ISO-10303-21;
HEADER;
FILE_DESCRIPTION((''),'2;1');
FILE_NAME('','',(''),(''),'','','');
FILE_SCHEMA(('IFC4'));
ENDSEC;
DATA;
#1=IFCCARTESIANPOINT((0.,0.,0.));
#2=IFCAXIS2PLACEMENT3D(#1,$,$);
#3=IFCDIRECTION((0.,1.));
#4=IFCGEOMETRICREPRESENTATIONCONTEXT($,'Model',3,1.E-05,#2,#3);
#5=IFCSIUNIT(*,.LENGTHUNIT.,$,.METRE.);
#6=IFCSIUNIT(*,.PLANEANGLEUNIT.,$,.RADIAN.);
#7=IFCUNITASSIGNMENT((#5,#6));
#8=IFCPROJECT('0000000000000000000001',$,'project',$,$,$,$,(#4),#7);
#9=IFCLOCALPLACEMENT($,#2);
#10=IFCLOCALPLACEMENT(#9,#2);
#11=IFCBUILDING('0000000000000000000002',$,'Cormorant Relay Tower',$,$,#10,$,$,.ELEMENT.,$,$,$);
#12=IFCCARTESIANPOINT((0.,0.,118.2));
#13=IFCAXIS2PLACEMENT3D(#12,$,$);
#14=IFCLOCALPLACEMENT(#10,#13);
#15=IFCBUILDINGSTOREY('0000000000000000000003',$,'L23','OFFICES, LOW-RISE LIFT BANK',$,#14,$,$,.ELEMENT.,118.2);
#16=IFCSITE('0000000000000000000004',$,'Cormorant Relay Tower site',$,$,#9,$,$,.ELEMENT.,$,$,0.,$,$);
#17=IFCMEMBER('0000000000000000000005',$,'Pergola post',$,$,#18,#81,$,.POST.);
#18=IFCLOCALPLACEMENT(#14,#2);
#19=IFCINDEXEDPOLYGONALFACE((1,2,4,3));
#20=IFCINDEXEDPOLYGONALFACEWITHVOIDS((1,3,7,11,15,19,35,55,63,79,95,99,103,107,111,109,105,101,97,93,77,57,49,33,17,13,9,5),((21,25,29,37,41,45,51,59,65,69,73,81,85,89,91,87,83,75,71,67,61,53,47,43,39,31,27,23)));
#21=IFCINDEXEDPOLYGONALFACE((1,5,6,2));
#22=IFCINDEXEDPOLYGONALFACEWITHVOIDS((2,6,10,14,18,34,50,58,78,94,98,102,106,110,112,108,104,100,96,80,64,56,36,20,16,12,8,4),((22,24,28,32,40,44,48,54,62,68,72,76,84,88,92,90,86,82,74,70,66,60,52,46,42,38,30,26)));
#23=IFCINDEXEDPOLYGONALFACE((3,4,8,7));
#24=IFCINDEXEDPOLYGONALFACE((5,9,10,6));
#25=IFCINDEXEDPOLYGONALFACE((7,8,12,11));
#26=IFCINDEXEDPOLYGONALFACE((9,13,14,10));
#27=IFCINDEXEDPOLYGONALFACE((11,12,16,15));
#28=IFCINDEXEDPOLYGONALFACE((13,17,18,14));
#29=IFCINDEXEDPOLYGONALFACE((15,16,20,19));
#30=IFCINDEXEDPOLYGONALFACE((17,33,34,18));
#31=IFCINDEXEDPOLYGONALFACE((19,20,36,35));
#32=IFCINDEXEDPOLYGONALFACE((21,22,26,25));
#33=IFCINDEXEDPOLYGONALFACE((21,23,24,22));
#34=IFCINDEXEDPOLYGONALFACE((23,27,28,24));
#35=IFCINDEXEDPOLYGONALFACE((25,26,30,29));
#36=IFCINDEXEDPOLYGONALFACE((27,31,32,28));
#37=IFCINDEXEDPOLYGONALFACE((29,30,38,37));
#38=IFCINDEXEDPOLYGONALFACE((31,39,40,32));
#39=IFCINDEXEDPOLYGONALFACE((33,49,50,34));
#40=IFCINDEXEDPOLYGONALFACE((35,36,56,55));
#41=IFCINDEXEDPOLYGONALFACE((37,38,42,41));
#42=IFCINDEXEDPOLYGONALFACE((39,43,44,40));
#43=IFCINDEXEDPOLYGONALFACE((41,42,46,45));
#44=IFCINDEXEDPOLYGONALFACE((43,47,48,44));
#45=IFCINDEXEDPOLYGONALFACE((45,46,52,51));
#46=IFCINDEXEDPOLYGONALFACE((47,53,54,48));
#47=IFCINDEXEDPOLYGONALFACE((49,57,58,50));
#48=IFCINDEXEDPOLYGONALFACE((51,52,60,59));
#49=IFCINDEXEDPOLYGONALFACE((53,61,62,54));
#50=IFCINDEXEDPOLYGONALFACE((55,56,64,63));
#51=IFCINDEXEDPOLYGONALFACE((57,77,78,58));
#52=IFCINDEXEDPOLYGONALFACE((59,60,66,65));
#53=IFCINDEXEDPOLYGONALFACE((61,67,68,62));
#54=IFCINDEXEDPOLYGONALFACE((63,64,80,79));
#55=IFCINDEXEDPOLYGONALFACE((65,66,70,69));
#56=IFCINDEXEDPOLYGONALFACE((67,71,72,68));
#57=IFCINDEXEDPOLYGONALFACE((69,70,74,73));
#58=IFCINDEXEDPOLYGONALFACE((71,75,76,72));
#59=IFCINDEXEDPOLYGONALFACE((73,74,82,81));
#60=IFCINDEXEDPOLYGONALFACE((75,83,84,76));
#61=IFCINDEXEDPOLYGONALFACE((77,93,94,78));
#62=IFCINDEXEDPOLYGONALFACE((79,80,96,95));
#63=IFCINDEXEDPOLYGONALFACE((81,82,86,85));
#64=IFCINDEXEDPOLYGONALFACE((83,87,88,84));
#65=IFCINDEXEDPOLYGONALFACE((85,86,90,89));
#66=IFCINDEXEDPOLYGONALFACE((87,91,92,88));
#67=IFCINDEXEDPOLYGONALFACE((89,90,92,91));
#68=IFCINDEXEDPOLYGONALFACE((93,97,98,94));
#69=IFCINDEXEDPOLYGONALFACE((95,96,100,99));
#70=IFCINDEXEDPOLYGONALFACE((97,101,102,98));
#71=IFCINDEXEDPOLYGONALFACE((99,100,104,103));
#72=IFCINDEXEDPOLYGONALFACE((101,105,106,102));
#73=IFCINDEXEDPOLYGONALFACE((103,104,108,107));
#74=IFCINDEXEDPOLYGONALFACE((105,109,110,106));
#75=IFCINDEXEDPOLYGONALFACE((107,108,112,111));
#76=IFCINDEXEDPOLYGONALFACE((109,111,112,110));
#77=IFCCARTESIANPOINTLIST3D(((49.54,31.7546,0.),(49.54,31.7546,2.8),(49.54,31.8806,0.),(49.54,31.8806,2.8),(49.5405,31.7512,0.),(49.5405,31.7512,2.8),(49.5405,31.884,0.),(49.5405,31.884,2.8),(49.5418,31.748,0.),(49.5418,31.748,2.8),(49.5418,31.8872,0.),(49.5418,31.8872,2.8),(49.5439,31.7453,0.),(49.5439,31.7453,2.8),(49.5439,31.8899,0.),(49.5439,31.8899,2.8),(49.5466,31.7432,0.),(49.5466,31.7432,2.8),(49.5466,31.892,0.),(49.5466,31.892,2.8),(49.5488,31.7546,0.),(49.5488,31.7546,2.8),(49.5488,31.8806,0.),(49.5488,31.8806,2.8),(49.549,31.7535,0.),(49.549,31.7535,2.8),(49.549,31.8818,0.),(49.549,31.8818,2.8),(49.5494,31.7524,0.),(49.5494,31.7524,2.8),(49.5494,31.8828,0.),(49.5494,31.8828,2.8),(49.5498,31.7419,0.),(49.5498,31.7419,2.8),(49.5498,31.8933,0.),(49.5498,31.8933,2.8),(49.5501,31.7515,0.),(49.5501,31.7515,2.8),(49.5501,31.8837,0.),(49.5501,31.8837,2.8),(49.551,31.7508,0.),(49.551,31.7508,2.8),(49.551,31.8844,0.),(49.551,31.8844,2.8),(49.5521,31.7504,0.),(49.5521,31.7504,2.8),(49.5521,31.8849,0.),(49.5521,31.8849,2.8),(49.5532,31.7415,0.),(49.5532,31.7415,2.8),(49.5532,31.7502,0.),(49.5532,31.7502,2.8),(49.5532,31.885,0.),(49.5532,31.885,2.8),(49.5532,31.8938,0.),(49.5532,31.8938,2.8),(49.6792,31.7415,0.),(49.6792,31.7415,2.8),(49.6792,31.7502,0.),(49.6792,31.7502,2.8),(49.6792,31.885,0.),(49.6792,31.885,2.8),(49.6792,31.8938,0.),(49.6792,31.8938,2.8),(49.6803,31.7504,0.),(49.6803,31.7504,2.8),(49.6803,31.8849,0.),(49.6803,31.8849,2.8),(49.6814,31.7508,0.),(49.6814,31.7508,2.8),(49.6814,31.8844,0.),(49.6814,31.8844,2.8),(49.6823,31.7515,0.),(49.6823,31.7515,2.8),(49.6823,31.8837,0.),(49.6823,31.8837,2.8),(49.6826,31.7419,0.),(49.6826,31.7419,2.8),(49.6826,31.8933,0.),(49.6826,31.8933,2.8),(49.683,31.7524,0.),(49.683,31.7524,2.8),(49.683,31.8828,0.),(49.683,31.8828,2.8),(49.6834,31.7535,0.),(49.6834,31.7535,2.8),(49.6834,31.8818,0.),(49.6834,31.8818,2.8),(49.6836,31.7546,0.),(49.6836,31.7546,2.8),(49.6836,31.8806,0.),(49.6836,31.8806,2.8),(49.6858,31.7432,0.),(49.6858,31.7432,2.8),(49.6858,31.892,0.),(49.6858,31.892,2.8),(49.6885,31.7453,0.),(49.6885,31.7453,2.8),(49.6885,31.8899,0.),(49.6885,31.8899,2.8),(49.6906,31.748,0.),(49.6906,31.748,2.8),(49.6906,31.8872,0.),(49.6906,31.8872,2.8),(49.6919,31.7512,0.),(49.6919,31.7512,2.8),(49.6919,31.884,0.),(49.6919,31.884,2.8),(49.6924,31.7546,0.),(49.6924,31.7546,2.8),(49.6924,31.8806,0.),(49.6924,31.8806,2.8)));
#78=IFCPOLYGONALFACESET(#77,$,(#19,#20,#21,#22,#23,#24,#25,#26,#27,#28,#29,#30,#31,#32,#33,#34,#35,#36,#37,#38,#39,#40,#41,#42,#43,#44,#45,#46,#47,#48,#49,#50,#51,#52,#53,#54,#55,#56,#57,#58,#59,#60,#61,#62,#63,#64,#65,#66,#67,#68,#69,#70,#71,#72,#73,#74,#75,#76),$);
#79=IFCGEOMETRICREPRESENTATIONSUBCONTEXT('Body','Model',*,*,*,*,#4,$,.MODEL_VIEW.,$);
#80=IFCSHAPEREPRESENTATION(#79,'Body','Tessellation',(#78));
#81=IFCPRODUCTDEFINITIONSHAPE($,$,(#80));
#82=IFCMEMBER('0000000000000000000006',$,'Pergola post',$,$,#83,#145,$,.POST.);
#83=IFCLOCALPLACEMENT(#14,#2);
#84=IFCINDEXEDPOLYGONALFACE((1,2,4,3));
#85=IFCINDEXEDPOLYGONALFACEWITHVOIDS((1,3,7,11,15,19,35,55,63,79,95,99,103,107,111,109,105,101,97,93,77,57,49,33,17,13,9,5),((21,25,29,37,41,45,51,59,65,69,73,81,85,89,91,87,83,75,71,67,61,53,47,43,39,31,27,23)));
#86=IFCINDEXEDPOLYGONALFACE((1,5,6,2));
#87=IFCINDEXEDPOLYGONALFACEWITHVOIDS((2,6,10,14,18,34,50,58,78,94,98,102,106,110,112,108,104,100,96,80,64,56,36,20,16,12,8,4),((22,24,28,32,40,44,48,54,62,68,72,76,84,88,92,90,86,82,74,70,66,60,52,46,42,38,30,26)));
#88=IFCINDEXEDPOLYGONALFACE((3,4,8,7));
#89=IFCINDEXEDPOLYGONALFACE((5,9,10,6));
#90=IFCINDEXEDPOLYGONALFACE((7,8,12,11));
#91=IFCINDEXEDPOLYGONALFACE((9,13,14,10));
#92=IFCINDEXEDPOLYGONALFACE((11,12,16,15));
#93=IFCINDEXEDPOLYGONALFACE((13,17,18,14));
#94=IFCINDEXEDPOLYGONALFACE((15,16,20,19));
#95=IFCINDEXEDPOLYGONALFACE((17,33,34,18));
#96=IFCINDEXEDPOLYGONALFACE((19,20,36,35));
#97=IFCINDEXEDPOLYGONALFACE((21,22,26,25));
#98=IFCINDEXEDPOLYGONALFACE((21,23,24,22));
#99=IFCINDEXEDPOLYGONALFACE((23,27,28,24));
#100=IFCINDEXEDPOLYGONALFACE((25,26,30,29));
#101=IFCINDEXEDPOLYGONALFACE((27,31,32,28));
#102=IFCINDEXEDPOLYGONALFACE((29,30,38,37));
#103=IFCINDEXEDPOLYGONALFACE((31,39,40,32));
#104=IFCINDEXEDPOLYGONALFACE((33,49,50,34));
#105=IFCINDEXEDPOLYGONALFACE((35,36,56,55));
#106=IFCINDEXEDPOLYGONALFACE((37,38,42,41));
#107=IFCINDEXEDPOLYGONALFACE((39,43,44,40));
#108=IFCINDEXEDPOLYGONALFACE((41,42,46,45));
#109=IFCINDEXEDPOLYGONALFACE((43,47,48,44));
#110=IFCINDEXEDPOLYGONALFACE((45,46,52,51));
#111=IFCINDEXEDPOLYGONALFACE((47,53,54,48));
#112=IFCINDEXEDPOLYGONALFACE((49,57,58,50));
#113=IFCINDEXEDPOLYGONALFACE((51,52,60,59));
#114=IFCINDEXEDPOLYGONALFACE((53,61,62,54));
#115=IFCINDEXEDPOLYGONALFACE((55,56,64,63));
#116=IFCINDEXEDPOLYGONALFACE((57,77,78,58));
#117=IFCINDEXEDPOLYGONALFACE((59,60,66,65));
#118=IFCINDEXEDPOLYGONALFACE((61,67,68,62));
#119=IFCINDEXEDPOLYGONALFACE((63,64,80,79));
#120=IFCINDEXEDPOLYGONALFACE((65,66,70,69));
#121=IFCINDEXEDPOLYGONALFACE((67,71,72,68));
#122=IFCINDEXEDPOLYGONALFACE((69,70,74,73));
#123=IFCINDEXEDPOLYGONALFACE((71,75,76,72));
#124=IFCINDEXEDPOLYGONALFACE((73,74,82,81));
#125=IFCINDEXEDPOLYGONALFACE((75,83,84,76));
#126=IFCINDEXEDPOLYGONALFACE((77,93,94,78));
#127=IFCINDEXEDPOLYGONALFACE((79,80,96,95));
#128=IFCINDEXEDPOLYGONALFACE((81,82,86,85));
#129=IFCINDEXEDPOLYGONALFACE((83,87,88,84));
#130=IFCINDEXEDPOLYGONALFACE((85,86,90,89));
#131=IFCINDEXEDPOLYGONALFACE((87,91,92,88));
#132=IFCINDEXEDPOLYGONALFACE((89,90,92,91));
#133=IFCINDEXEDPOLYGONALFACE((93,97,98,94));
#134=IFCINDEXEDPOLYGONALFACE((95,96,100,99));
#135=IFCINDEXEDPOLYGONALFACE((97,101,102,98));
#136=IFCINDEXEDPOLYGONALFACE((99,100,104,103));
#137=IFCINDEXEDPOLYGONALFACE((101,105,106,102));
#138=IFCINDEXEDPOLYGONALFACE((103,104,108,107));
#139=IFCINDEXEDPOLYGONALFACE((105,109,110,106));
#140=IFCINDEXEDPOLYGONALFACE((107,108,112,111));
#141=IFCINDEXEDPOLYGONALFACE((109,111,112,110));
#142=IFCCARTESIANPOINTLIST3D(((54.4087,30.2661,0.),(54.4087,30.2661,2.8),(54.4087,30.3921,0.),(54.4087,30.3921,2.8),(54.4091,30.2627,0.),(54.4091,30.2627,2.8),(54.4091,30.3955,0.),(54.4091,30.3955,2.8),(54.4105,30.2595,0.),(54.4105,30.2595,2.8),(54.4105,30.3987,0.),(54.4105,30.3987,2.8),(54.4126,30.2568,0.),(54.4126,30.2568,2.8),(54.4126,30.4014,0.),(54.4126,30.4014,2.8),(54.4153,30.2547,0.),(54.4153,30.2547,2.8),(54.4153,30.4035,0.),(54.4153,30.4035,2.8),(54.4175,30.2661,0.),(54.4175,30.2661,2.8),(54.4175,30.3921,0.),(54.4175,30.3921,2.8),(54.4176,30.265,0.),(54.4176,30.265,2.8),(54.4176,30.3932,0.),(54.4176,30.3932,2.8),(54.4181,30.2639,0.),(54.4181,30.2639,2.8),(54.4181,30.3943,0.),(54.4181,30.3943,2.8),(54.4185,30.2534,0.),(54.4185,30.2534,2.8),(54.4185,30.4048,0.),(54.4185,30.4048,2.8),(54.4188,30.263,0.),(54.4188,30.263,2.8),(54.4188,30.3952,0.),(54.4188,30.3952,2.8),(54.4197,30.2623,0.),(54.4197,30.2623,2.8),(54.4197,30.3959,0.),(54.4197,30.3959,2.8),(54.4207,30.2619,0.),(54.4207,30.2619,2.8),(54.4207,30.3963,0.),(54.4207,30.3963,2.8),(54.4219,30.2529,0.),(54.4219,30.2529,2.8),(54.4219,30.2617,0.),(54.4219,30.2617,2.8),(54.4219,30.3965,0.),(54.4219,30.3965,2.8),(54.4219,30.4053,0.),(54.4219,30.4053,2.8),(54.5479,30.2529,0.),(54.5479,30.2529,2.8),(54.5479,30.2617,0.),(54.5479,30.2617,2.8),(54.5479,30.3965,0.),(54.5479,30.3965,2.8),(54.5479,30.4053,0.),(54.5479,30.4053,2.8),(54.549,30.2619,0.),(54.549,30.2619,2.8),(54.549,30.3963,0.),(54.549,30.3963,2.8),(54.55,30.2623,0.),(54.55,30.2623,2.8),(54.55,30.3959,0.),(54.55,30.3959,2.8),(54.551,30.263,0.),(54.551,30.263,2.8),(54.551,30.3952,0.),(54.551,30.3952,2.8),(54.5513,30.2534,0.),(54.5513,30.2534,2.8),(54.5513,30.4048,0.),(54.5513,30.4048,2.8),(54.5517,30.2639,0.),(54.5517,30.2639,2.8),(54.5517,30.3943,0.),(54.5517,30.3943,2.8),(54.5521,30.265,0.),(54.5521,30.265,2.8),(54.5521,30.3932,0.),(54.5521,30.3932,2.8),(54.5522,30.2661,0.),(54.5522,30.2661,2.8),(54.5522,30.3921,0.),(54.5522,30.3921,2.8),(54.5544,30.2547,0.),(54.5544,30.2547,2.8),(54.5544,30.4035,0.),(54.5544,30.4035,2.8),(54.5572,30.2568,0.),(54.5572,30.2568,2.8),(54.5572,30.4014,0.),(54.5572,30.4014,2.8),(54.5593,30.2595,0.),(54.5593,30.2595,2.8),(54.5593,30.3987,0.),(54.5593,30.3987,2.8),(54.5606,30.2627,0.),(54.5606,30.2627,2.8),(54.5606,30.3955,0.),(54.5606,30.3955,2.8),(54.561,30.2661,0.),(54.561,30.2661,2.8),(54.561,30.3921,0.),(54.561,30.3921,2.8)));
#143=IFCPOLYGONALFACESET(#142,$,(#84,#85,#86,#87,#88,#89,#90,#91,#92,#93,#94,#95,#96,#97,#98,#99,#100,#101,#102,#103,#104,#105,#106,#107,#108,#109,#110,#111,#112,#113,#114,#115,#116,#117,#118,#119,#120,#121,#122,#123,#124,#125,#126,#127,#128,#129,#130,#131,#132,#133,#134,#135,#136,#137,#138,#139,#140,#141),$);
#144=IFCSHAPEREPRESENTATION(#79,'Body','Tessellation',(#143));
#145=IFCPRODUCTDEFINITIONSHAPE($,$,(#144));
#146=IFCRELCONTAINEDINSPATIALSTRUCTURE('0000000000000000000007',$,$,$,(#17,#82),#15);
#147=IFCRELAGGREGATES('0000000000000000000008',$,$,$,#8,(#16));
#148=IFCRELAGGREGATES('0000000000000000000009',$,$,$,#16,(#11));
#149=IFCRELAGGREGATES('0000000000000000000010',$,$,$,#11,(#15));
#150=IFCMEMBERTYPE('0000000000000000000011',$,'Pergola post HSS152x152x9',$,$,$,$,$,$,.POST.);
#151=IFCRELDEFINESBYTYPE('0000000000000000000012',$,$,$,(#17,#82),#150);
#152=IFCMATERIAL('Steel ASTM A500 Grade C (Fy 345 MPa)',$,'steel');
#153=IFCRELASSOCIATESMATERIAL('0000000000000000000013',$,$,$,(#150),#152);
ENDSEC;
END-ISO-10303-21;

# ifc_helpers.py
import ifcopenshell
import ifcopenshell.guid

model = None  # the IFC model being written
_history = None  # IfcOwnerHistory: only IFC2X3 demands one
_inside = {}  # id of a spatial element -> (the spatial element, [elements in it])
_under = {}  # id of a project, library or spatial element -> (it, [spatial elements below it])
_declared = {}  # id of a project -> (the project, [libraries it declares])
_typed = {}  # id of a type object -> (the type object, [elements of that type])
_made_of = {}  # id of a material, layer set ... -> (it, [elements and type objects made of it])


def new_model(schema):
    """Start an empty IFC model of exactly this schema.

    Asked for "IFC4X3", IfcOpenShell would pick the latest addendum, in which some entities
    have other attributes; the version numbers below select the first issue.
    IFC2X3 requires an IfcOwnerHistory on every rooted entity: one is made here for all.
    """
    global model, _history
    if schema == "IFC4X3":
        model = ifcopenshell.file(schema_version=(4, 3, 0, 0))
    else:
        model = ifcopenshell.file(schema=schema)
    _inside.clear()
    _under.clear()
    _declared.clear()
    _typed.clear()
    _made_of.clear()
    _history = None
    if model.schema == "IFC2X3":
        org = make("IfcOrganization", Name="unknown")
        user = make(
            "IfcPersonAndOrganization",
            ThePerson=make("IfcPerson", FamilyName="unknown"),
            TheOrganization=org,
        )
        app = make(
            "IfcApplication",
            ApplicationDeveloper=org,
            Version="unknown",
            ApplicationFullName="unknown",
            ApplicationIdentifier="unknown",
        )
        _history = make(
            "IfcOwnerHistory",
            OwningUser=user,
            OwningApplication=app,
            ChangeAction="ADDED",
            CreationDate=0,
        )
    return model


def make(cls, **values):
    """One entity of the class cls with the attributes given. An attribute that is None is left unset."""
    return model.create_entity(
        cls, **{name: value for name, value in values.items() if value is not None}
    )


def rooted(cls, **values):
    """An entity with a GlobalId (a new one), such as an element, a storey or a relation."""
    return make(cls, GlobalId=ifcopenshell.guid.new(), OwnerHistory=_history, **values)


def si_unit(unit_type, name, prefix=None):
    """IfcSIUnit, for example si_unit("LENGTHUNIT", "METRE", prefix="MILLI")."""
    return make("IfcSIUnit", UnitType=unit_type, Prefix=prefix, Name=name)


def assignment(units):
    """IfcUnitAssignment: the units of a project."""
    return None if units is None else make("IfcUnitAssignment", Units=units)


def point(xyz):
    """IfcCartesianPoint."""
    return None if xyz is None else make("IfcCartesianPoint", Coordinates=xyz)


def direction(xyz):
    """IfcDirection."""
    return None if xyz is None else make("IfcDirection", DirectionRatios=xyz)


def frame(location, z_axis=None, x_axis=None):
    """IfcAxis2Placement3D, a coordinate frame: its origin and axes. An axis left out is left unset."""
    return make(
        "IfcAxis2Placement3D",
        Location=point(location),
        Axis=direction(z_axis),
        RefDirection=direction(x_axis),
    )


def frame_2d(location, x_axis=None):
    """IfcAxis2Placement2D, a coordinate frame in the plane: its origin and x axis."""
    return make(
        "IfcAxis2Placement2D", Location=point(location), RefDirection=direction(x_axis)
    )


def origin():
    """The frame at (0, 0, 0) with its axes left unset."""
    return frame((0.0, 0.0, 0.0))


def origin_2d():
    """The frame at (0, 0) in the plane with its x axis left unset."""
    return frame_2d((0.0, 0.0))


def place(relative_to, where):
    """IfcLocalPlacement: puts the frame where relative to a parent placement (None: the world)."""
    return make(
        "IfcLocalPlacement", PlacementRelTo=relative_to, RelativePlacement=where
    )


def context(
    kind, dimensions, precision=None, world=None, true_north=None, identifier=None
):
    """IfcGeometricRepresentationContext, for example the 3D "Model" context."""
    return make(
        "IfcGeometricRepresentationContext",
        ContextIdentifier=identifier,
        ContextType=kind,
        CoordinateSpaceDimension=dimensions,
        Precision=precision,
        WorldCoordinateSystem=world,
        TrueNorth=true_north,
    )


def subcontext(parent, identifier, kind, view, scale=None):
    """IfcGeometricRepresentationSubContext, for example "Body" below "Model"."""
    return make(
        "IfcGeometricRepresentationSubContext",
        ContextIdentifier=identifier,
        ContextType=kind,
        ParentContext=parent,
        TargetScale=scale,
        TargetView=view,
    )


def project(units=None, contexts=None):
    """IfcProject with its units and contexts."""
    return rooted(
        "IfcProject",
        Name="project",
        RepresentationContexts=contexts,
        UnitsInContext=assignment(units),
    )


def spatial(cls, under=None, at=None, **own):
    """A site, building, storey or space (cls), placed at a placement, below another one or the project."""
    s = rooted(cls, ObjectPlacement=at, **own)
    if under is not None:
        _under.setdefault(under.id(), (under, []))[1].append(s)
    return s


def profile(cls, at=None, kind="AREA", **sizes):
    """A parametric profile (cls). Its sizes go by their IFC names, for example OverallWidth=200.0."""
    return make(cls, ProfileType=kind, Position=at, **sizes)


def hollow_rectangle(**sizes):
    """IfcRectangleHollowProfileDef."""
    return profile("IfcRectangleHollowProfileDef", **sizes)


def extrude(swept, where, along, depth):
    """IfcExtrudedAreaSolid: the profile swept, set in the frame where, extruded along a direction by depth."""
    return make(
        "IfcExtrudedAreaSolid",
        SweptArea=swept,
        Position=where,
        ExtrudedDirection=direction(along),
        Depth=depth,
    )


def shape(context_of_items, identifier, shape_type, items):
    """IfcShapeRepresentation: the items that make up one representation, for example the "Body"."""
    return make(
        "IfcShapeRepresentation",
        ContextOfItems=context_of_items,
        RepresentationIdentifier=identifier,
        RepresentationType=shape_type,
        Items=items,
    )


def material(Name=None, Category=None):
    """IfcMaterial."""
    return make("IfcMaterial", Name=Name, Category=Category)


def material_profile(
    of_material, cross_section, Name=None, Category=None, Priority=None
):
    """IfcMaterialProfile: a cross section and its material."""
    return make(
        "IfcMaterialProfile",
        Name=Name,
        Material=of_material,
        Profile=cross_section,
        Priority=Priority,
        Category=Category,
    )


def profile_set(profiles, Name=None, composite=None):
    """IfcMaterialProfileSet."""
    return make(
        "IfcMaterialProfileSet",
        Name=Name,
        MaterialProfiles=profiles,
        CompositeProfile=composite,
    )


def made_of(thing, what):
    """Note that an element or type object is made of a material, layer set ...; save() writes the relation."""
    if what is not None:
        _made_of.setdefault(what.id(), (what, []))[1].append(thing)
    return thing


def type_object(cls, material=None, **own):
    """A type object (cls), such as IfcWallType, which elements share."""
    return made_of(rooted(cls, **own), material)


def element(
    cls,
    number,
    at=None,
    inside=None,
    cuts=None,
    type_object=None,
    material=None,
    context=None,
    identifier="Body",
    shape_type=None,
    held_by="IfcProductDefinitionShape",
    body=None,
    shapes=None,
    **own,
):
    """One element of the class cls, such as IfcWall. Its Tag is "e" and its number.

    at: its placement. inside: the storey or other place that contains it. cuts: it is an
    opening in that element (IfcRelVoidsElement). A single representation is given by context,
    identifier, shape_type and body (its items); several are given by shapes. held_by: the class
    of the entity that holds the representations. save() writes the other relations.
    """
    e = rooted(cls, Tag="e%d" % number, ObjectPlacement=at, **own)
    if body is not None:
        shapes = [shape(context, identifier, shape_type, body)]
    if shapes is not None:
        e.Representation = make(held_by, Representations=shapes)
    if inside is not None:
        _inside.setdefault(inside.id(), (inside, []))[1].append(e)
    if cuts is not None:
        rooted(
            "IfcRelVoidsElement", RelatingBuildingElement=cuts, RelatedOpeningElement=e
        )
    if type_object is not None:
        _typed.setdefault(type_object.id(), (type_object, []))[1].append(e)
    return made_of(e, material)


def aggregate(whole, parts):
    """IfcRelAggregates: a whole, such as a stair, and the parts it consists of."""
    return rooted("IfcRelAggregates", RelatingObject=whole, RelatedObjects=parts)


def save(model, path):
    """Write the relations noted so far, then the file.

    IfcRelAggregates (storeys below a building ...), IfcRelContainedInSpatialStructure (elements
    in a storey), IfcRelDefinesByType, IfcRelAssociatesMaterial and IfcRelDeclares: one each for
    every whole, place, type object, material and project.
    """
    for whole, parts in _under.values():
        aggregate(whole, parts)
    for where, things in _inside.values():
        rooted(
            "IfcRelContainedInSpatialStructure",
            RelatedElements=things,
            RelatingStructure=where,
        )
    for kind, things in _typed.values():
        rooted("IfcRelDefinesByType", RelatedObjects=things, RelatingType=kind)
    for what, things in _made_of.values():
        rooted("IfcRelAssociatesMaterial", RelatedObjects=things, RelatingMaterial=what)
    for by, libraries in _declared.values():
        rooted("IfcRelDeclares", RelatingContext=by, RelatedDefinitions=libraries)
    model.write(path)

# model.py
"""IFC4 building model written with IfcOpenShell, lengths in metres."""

from ifc_helpers import new_model, si_unit, direction, frame, origin, origin_2d, place, context, subcontext, project, spatial, hollow_rectangle, extrude, material, material_profile, profile_set, type_object, element, save


model = new_model("IFC4")

# Units and contexts
model_context = context("Model", 3, precision=1e-05, world=origin(), true_north=direction((0.0, 1.0)))
body_context = subcontext(model_context, "Body", "Model", "MODEL_VIEW")
ifc_project = project(units=[si_unit("LENGTHUNIT", "METRE"), si_unit("PLANEANGLEUNIT", "RADIAN")], contexts=[model_context])

# Site, building, storey
site_placement = place(None, origin())
site = spatial("IfcSite", under=ifc_project, at=site_placement, Name="Cormorant Relay Tower site", CompositionType="ELEMENT", RefElevation=0.0)
building_placement = place(site_placement, origin())
building = spatial("IfcBuilding", under=site, at=building_placement, Name="Cormorant Relay Tower", CompositionType="ELEMENT")
storey_placement = place(building_placement, frame((0.0, 0.0, 118.2)))
storey = spatial("IfcBuildingStorey", under=building, at=storey_placement, Name="L23", Description="OFFICES, LOW-RISE LIFT BANK", CompositionType="ELEMENT", Elevation=118.2)

# Members
ifc_material_1 = material(Name="Steel ASTM A500 Grade C (Fy 345 MPa)", Category="steel")
ifc_material_profile_1 = material_profile(ifc_material_1, hollow_rectangle(XDim=0.1523, YDim=0.1523, WallThickness=0.0088, InnerFilletRadius=0.0044, OuterFilletRadius=0.0132, at=origin_2d()), Name="HSS152x152x9")
ifc_profile_set_1 = profile_set([ifc_material_profile_1], Name="Steel ASTM A500 Grade C (Fy 345 MPa)")
member_type_1 = type_object("IfcMemberType", Name="Pergola post HSS152x152x9", PredefinedType="POST", material=ifc_profile_set_1)
for number, where, z_axis, x_axis, name in (
    (1, (49.6162, 31.8176, 0.0), (0.0, 0.0, 1.0), (1.0, 0.0, 0.0), "Pergola post"),
    (2, (54.4849, 30.3291, 0.0), (0.0, 0.0, 1.0), (1.0, 0.0, 0.0), "Pergola post"),
):
    element("IfcMember", number, at=place(storey_placement, frame(where, z_axis=z_axis, x_axis=x_axis)), inside=storey, type_object=member_type_1, Name=name, PredefinedType="POST", context=body_context, shape_type="SweptSolid", body=[
        extrude(hollow_rectangle(XDim=0.1523, YDim=0.1523, WallThickness=0.0088, InnerFilletRadius=0.0044, OuterFilletRadius=0.0132, at=origin_2d()), origin(), (0.0, 0.0, 1.0), 2.8),
    ])

save(model, "model.ifc")
